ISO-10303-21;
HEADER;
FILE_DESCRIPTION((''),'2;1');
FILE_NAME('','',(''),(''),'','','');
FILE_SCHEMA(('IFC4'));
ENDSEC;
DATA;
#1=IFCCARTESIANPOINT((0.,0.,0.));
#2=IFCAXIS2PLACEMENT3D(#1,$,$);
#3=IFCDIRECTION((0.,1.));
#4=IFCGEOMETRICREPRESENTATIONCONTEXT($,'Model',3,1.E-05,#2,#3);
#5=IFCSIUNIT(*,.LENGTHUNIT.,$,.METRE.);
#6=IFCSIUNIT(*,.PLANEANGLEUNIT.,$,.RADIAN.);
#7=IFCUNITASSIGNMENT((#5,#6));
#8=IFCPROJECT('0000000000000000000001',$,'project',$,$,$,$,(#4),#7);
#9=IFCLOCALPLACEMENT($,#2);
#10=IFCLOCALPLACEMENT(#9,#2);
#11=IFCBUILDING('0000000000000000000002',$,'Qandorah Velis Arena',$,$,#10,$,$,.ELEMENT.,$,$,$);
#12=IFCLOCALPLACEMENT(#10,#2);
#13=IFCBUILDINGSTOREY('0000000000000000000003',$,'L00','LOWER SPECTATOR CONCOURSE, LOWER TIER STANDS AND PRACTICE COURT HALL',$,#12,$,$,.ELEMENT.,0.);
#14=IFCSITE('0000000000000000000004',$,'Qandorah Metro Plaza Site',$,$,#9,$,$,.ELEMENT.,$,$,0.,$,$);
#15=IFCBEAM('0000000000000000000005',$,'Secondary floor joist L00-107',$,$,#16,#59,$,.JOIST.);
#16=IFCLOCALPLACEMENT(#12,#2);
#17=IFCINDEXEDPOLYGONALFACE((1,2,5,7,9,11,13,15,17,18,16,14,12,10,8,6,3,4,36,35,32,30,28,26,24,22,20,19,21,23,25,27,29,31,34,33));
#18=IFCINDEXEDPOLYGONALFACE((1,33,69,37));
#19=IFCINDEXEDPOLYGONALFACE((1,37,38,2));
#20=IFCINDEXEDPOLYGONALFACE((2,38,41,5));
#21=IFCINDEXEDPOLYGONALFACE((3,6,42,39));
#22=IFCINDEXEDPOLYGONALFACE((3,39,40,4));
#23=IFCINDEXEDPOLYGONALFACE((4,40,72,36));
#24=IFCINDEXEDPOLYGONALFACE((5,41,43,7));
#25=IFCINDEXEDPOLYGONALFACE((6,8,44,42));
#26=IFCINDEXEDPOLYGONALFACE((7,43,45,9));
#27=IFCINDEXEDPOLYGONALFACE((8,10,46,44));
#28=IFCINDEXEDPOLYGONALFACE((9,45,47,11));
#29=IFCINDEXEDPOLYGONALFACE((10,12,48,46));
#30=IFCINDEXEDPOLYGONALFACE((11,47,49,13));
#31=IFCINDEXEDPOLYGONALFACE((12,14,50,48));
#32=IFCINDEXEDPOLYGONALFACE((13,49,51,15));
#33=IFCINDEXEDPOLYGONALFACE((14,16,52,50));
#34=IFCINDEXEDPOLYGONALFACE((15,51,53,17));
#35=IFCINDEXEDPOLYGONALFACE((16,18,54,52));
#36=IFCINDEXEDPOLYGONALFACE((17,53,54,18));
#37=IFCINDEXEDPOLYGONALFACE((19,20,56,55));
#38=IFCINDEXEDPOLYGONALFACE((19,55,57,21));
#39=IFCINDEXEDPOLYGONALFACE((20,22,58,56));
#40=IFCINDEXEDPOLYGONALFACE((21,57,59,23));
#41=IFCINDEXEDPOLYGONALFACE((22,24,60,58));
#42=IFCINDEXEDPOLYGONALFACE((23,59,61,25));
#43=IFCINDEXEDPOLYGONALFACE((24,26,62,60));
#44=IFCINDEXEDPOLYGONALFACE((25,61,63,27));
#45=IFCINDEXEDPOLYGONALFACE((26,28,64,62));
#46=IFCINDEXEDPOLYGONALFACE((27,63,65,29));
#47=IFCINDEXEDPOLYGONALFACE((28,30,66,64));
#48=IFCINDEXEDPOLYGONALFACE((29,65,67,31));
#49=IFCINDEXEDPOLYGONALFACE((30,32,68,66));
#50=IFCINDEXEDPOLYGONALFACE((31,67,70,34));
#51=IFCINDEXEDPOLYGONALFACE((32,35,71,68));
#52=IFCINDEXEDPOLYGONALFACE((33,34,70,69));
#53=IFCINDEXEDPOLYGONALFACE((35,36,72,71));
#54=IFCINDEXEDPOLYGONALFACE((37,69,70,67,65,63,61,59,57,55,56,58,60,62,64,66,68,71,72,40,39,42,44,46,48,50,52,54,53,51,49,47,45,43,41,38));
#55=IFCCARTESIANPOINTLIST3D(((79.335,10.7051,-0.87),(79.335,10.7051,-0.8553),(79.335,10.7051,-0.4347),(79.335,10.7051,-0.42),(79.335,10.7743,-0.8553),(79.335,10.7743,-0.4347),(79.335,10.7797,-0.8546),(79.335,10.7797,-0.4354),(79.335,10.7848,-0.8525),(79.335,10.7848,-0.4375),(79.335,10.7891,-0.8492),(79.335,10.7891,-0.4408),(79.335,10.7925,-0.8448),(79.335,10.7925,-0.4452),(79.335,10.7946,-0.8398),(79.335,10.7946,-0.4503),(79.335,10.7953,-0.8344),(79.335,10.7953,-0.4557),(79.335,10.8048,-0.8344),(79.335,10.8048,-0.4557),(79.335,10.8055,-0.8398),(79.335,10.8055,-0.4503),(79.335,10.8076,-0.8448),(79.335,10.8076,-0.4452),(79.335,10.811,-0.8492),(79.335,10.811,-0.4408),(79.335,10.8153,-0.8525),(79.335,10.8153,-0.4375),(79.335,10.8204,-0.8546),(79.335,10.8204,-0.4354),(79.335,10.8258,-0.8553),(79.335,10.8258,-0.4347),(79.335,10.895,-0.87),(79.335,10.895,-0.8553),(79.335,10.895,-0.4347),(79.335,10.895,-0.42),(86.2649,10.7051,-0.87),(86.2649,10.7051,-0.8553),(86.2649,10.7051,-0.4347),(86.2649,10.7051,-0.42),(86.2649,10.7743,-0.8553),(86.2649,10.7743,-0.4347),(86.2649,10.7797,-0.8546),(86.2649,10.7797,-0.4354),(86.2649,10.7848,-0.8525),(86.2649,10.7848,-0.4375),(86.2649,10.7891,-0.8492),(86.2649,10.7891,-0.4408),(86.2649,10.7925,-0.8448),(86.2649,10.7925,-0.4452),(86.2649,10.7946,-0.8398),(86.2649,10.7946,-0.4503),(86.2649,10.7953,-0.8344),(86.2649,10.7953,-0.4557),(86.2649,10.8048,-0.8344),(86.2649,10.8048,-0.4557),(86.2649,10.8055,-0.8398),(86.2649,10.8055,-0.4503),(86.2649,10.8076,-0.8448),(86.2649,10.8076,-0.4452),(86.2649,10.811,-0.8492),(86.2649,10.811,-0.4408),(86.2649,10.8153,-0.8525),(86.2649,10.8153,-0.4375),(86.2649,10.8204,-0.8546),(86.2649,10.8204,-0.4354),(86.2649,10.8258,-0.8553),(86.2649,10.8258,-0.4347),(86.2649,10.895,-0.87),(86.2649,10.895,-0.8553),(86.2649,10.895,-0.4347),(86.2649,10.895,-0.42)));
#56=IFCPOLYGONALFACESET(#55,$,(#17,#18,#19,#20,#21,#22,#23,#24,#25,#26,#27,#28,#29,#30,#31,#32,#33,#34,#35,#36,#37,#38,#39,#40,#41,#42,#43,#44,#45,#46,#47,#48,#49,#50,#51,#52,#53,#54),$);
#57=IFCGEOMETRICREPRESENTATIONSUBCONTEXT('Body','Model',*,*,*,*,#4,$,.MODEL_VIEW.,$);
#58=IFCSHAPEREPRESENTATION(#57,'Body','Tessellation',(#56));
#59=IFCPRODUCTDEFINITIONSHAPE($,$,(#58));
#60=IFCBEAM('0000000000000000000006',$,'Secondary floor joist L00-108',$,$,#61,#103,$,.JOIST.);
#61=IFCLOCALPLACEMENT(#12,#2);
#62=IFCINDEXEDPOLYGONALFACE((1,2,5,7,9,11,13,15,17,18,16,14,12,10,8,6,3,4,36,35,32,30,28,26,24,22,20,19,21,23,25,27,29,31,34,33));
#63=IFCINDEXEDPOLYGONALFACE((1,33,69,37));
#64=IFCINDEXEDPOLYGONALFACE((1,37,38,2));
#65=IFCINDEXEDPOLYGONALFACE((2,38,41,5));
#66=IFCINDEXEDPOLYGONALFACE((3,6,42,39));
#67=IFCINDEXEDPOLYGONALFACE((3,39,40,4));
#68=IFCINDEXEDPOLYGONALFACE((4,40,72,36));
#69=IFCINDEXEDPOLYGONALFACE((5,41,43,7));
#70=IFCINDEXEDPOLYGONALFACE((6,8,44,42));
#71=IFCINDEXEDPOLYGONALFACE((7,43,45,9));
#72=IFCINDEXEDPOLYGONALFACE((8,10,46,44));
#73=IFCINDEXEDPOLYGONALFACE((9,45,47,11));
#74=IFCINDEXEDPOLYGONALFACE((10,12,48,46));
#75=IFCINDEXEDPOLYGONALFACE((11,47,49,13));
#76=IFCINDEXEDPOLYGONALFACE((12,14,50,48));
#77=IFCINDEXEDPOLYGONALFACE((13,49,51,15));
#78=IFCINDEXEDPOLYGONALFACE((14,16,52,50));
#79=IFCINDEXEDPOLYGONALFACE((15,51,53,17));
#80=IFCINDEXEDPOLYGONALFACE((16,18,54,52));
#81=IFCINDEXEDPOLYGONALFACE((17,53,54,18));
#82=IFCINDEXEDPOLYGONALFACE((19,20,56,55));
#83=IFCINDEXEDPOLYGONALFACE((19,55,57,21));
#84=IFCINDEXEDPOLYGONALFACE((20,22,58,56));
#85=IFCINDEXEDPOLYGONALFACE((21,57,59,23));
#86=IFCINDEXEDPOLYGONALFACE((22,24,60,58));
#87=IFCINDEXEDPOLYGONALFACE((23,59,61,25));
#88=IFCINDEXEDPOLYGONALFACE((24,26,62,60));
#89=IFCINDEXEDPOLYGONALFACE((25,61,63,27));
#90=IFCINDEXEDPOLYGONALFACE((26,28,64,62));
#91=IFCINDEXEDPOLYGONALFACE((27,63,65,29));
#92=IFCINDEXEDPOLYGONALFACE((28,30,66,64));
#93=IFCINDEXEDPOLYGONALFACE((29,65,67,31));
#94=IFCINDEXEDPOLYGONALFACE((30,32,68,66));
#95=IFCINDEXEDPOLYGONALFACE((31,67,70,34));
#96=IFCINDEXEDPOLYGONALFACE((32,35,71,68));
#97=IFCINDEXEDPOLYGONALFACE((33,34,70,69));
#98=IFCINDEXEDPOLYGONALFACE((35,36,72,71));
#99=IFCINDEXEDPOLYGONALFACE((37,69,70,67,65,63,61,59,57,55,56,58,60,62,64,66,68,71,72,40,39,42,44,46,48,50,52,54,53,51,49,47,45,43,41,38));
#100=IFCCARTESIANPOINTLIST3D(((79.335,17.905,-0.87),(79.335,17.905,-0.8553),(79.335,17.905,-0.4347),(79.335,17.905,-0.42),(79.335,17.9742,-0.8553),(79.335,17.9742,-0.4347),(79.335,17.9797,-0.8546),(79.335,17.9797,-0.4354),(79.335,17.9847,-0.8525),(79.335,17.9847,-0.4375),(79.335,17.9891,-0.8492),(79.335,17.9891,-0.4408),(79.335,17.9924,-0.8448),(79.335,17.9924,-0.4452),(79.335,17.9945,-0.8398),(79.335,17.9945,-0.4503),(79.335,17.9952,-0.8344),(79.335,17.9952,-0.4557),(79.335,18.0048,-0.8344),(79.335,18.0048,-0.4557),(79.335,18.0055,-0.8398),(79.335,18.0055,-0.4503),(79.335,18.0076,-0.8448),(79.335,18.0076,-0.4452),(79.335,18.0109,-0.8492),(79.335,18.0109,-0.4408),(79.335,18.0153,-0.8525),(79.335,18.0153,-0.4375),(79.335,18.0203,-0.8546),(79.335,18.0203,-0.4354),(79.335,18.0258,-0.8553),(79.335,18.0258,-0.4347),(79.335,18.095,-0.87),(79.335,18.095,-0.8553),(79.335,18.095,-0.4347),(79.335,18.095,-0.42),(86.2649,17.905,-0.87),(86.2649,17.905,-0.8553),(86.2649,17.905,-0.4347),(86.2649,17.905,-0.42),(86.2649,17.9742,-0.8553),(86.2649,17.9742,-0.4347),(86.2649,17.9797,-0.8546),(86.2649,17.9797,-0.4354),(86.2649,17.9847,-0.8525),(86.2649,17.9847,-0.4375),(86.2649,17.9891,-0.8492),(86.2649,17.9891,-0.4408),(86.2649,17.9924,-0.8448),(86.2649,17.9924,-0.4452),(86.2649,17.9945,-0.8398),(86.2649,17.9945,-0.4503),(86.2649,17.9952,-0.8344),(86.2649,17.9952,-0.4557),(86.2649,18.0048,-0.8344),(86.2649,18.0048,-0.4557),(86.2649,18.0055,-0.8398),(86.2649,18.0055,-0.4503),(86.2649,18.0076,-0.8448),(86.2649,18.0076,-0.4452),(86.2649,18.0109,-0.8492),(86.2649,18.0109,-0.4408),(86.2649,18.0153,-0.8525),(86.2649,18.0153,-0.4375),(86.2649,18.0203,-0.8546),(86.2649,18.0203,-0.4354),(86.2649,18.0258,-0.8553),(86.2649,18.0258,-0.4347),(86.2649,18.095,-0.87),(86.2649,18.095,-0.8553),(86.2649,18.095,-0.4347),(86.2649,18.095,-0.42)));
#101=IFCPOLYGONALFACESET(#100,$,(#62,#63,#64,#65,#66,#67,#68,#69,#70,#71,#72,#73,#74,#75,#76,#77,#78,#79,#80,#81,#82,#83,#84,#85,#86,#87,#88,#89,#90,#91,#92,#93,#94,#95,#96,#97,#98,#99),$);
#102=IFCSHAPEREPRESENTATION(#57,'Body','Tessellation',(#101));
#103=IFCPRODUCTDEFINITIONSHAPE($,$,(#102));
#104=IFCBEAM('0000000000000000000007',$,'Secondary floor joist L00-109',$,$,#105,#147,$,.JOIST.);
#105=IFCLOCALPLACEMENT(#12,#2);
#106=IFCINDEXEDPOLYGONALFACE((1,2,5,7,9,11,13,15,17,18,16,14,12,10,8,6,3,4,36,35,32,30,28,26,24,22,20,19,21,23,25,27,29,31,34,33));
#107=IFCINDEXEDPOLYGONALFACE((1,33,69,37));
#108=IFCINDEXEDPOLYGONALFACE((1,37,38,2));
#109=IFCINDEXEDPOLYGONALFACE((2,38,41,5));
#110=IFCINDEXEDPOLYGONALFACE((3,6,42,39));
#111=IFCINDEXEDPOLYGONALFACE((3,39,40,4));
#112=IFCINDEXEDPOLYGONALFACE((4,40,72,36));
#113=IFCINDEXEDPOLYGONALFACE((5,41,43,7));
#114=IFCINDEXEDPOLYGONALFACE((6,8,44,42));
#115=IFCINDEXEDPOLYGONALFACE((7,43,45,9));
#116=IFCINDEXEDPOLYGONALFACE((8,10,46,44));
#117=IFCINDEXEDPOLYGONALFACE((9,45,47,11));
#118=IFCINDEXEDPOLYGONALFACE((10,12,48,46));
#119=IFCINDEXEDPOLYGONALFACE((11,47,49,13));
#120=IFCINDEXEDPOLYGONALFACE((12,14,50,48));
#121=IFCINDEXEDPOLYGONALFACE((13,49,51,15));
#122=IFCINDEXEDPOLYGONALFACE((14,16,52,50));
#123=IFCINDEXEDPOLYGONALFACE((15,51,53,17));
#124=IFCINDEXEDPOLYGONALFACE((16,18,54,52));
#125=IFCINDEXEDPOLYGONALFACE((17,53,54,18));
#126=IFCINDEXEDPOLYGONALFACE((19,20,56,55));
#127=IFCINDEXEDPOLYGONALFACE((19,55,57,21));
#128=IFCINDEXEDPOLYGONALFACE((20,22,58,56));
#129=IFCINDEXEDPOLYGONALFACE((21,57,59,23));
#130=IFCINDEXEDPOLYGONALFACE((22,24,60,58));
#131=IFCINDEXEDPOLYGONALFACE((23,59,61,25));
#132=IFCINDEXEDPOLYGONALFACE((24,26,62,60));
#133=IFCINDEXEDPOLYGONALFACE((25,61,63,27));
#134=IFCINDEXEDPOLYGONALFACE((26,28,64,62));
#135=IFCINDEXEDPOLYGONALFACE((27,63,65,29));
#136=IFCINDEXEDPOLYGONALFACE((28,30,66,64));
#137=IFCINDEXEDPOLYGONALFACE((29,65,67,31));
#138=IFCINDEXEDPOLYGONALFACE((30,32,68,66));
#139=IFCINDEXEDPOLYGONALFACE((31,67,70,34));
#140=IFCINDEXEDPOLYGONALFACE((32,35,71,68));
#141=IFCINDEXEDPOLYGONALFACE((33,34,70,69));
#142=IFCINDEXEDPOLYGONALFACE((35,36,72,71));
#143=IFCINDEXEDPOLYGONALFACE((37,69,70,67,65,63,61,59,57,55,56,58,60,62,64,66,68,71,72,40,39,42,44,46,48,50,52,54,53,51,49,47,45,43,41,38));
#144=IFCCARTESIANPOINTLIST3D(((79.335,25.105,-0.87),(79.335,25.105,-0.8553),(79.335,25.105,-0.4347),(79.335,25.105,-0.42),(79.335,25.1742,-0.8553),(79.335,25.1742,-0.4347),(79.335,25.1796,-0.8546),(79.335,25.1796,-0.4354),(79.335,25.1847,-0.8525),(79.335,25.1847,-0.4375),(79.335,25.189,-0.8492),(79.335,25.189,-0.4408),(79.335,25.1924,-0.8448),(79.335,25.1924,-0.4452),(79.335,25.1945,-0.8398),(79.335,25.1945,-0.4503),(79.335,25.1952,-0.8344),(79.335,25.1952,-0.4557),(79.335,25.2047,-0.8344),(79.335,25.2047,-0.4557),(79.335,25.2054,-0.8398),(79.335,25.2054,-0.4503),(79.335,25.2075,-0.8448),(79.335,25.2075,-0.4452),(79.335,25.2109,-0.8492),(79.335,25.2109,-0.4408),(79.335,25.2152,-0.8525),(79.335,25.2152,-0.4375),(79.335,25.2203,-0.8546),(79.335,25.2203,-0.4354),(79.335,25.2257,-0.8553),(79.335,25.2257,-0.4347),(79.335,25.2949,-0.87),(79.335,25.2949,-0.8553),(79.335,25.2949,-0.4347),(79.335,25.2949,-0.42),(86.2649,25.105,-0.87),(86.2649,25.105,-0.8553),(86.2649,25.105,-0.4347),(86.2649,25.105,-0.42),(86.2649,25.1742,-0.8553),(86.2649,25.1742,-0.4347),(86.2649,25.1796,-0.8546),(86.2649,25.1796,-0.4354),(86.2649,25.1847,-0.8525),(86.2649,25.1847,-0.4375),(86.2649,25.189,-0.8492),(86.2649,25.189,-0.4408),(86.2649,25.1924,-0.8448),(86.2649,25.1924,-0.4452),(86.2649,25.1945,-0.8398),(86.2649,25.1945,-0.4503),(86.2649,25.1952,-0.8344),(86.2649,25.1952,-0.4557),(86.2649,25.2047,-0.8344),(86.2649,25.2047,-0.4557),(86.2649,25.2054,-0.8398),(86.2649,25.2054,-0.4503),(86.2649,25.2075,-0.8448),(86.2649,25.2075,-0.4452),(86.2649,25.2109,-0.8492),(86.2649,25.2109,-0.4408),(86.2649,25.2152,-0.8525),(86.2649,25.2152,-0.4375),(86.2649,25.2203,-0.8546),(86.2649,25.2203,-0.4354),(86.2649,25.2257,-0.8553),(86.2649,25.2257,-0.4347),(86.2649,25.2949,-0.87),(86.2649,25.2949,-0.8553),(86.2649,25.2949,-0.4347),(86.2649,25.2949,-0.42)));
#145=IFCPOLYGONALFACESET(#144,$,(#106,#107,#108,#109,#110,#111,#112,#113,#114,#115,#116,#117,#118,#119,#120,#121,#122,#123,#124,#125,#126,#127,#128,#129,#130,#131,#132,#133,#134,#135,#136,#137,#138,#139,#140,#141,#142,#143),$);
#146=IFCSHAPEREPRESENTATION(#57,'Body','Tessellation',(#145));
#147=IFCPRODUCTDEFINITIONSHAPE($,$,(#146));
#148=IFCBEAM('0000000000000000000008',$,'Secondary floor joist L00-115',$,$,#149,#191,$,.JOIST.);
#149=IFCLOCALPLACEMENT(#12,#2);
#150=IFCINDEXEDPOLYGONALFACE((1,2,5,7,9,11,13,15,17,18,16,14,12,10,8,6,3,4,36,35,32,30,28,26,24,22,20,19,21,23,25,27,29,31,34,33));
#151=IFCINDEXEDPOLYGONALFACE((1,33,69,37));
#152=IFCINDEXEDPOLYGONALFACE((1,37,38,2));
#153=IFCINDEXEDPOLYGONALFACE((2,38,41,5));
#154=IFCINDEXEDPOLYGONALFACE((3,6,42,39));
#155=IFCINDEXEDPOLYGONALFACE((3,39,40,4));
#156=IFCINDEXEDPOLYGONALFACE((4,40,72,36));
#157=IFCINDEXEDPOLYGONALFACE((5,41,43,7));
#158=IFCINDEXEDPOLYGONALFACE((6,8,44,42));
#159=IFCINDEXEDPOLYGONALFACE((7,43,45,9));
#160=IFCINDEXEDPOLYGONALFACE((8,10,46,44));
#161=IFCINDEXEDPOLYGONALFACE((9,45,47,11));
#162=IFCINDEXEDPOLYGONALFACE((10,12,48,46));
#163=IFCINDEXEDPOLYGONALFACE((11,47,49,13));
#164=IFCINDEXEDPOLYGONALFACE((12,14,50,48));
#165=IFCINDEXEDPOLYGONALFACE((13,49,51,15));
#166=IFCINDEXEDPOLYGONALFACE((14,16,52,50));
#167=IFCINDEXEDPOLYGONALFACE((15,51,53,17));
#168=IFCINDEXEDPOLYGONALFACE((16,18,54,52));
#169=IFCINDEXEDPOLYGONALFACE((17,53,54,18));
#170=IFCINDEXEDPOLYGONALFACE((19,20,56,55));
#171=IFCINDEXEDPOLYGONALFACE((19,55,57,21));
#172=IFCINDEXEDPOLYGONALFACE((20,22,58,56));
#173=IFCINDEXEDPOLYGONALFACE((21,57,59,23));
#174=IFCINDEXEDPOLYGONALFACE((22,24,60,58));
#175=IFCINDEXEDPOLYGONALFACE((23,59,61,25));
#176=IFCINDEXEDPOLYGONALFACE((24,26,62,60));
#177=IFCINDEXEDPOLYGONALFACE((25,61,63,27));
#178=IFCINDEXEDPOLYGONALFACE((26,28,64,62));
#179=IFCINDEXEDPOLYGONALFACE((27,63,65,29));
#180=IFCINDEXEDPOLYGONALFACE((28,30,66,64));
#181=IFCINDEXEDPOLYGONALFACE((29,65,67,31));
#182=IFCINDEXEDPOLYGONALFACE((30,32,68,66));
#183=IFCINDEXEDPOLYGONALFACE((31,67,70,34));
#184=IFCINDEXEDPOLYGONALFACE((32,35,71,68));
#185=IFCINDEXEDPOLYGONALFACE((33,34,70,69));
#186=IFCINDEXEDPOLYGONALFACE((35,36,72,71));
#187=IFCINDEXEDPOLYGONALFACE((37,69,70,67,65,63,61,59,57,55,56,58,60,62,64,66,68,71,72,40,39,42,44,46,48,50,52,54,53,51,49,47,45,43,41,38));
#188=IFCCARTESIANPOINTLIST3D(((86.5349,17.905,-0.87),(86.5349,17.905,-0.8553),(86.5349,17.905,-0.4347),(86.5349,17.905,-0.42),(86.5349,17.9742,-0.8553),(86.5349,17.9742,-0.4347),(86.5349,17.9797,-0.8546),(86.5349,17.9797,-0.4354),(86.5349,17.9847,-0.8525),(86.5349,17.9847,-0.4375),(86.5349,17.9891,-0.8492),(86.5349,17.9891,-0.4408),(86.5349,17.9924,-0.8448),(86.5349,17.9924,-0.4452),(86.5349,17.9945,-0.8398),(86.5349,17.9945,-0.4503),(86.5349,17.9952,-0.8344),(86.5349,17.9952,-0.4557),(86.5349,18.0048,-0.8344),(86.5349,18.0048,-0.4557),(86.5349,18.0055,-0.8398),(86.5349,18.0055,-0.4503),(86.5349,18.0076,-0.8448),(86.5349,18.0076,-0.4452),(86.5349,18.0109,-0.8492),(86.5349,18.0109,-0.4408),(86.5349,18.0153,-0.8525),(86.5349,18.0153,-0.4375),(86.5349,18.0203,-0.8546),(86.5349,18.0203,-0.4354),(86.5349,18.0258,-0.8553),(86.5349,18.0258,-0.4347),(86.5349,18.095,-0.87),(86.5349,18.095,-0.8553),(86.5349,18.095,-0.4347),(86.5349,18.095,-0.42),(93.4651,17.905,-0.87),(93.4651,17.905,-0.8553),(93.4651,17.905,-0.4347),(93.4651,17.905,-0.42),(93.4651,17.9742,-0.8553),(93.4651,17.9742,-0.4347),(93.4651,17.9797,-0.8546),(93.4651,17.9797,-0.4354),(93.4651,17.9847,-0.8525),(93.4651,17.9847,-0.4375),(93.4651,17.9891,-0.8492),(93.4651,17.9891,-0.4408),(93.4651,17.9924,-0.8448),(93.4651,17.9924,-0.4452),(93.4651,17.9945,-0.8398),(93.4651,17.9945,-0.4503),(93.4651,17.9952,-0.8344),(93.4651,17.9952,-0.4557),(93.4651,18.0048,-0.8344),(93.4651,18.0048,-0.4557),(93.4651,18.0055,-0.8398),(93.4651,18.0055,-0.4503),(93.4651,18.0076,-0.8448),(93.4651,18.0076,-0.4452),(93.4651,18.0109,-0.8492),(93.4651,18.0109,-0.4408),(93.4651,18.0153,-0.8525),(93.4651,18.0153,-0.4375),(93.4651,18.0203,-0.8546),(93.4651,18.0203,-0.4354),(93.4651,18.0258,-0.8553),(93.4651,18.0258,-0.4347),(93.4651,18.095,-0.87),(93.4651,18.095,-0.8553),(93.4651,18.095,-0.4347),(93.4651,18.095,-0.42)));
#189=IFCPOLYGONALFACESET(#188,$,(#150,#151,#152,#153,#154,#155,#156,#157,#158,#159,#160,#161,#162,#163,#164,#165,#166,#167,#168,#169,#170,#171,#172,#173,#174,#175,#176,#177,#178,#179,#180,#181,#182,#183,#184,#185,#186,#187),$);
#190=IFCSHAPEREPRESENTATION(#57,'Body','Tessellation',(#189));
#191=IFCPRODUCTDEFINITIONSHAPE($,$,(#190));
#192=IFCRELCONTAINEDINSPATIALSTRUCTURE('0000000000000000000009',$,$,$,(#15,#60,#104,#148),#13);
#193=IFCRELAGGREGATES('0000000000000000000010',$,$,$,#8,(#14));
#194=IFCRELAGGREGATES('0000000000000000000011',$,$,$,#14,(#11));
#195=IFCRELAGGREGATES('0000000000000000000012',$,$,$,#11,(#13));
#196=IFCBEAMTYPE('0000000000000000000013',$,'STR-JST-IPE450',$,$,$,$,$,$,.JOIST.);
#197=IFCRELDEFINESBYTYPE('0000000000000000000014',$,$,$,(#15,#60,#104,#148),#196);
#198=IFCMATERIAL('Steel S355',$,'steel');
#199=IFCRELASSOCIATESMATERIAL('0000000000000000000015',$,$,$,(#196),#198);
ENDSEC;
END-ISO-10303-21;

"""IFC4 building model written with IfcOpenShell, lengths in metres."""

from ifc_helpers import new_model, si_unit, direction, frame, origin, origin_2d, place, context, subcontext, project, spatial, i_section, extrude, material, material_profile, profile_set, type_object, element, save


model = new_model("IFC4")

# Units and contexts
model_context = context("Model", 3, precision=1e-05, world=origin(), true_north=direction((0.0, 1.0)))
body_context = subcontext(model_context, "Body", "Model", "MODEL_VIEW")
ifc_project = project(units=[si_unit("LENGTHUNIT", "METRE"), si_unit("PLANEANGLEUNIT", "RADIAN")], contexts=[model_context])

# Site, building, storey
site_placement = place(None, origin())
site = spatial("IfcSite", under=ifc_project, at=site_placement, Name="Qandorah Metro Plaza Site", CompositionType="ELEMENT", RefElevation=0.0)
building_placement = place(site_placement, origin())
building = spatial("IfcBuilding", under=site, at=building_placement, Name="Qandorah Velis Arena", CompositionType="ELEMENT")
storey_placement = place(building_placement, origin())
storey = spatial("IfcBuildingStorey", under=building, at=storey_placement, Name="L00", Description="LOWER SPECTATOR CONCOURSE, LOWER TIER STANDS AND PRACTICE COURT HALL", CompositionType="ELEMENT", Elevation=0.0)

# Beams
ifc_material_1 = material(Name="Steel S355", Category="steel")
ifc_material_profile_1 = material_profile(ifc_material_1, i_section(OverallWidth=0.1899, OverallDepth=0.45, WebThickness=0.0095, FlangeThickness=0.0146, FilletRadius=0.021, at=origin_2d()), Name="IPE 450")
ifc_profile_set_1 = profile_set([ifc_material_profile_1], Name="Steel S355")
beam_type_1 = type_object("IfcBeamType", Name="STR-JST-IPE450", PredefinedType="JOIST", material=ifc_profile_set_1)
for number, where, z_axis, x_axis, name in (
    (1, (79.335, 10.8, -0.645), (1.0, 0.0, 0.0), (0.0, 1.0, 0.0), "Secondary floor joist L00-107"),
    (2, (79.335, 18.0, -0.645), (1.0, 0.0, 0.0), (0.0, 1.0, 0.0), "Secondary floor joist L00-108"),
    (3, (79.335, 25.2, -0.645), (1.0, 0.0, 0.0), (0.0, 1.0, 0.0), "Secondary floor joist L00-109"),
):
    element("IfcBeam", number, at=place(storey_placement, frame(where, z_axis=z_axis, x_axis=x_axis)), inside=storey, type_object=beam_type_1, Name=name, PredefinedType="JOIST", context=body_context, shape_type="SweptSolid", body=[
        extrude(i_section(OverallWidth=0.1899, OverallDepth=0.45, WebThickness=0.0095, FlangeThickness=0.0146, FilletRadius=0.021, at=origin_2d()), origin(), (0.0, 0.0, 1.0), 6.9299),
    ])
beam_1_placement = place(storey_placement, frame((86.5349, 18.0, -0.645), z_axis=(1.0, 0.0, 0.0), x_axis=(0.0, 1.0, 0.0)))
element("IfcBeam", 4, at=beam_1_placement, inside=storey, type_object=beam_type_1, Name="Secondary floor joist L00-115", PredefinedType="JOIST", context=body_context, shape_type="SweptSolid", body=[
    extrude(i_section(OverallWidth=0.1899, OverallDepth=0.45, WebThickness=0.0095, FlangeThickness=0.0146, FilletRadius=0.021, at=origin_2d()), origin(), (0.0, 0.0, 1.0), 6.9302),
])

save(model, "model.ifc")
